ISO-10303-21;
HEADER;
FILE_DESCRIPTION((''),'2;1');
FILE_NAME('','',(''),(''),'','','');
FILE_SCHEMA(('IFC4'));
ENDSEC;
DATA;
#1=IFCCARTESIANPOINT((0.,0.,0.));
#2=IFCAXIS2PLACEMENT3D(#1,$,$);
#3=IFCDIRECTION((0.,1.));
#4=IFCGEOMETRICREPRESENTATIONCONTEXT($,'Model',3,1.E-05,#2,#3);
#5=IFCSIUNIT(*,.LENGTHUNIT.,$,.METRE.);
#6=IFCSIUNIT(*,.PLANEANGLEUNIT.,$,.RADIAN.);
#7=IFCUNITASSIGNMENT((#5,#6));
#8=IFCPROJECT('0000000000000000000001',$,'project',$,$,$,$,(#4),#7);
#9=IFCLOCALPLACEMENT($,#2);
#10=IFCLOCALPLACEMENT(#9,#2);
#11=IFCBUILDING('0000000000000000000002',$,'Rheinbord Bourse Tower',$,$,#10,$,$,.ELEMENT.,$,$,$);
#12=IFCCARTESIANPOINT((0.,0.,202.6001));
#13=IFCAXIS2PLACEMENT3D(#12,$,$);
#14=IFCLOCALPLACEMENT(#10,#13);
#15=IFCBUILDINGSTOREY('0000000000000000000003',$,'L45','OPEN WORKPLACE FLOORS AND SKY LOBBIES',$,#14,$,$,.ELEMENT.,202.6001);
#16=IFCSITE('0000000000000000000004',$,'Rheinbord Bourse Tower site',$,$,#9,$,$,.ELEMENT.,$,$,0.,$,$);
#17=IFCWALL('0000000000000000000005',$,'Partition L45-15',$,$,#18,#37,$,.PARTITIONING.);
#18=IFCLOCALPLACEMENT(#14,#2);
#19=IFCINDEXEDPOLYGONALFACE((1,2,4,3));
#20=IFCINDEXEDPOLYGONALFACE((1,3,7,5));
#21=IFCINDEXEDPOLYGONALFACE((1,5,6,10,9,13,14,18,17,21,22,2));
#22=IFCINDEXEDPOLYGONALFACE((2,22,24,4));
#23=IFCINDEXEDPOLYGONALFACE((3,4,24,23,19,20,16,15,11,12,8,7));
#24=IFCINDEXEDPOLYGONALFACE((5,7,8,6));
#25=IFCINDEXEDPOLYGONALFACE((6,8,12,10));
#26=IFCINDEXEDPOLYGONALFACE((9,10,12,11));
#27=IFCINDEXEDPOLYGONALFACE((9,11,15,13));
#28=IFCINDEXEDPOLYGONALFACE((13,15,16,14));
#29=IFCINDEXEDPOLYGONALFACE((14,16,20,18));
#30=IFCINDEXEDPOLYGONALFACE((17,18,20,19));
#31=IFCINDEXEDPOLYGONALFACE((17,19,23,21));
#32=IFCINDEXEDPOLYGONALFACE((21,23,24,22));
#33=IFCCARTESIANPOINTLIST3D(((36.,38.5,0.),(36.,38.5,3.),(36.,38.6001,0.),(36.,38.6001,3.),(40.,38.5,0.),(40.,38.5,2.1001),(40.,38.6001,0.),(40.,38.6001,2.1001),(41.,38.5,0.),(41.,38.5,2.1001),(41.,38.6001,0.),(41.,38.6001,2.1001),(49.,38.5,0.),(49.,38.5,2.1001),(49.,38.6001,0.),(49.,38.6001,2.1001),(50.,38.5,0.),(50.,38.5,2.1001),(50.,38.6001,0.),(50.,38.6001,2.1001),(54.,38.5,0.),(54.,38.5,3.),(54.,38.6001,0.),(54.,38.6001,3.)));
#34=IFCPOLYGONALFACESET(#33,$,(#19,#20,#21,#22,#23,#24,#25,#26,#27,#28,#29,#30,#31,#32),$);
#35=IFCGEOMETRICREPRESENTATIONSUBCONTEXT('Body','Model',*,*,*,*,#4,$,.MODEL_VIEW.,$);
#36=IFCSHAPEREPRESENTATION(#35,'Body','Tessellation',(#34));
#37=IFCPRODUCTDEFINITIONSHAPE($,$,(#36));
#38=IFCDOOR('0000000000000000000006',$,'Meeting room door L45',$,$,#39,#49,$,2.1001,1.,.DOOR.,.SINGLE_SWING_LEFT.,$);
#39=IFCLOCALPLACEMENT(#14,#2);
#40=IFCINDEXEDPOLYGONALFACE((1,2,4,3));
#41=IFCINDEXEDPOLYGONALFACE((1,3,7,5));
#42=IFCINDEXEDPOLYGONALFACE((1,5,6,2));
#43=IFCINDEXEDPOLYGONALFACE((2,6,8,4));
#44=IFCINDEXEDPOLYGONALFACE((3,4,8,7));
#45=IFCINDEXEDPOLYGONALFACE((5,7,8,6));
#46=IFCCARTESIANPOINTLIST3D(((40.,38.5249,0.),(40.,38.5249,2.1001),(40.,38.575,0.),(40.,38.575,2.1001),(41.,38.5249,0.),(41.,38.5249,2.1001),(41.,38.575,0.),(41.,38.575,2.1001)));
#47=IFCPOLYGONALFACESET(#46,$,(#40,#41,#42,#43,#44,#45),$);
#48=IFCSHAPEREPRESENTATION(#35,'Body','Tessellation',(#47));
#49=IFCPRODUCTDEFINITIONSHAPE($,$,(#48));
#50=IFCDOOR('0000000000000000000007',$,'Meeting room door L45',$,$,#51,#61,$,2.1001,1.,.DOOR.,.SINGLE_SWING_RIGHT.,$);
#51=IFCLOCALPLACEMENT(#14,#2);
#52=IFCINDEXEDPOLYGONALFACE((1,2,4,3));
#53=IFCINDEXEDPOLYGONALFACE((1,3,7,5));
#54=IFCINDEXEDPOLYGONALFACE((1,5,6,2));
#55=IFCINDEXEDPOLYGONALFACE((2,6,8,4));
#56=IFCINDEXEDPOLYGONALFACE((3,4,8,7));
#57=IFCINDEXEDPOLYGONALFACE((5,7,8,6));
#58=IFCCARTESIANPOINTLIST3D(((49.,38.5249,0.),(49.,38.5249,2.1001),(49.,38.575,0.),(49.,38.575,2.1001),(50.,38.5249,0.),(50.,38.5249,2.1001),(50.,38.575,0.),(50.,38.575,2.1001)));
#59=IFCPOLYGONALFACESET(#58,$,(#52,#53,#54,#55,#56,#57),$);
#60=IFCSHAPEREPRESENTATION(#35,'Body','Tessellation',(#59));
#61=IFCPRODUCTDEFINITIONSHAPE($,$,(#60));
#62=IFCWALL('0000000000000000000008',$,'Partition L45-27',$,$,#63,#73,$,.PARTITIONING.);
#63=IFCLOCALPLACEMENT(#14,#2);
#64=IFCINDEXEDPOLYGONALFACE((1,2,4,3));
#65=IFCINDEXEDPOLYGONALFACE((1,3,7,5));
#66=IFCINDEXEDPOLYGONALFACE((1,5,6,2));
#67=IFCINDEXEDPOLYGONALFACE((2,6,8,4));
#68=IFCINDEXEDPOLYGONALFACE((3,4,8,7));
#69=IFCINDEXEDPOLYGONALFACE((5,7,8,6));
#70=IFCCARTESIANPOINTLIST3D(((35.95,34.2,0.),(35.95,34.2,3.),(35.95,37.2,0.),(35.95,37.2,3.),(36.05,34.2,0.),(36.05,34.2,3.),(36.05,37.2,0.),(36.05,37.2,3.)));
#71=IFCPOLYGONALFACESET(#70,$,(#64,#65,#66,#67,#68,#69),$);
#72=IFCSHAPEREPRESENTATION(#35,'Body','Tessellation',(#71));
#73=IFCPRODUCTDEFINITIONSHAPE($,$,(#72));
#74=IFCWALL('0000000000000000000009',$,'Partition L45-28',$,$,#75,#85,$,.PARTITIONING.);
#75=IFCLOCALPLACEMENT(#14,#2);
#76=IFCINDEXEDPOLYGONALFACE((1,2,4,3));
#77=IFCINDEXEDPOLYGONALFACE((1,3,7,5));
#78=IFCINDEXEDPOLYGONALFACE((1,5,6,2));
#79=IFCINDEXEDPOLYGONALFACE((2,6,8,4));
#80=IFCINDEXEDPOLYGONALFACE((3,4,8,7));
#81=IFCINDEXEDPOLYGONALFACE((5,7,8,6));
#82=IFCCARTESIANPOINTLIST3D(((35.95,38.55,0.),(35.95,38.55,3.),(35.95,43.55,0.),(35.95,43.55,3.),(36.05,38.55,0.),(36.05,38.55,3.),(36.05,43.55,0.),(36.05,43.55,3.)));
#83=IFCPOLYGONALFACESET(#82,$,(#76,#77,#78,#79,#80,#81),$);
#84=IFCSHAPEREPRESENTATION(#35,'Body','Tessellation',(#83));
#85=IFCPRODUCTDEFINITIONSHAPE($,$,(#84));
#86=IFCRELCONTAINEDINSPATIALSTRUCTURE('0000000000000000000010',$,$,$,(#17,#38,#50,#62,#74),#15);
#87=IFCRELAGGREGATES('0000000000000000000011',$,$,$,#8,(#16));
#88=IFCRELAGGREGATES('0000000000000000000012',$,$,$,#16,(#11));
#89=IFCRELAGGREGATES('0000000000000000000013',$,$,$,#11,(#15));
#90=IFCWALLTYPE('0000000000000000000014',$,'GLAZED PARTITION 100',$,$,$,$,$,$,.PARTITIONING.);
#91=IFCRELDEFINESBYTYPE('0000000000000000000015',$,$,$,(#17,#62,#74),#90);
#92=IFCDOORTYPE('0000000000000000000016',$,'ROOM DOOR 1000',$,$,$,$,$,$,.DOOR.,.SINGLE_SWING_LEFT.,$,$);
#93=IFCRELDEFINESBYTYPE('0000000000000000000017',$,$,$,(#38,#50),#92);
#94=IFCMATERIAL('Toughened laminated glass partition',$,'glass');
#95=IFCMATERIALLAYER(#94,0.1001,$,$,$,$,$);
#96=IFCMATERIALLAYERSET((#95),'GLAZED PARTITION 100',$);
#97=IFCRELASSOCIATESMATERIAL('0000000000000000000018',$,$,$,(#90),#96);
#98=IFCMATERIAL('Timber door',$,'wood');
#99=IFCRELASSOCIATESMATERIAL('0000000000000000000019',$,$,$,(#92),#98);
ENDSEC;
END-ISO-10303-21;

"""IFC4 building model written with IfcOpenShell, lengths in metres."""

from ifc_helpers import new_model, si_unit, direction, frame, frame_2d, origin, place, context, subcontext, project, spatial, rectangle, extrude, material, layer, layer_set, type_object, element, fill, save


model = new_model("IFC4")

# Units and contexts
model_context = context("Model", 3, precision=1e-05, world=origin(), true_north=direction((0.0, 1.0)))
body_context = subcontext(model_context, "Body", "Model", "MODEL_VIEW")
ifc_project = project(units=[si_unit("LENGTHUNIT", "METRE"), si_unit("PLANEANGLEUNIT", "RADIAN")], contexts=[model_context])

# Site, building, storey
site_placement = place(None, origin())
site = spatial("IfcSite", under=ifc_project, at=site_placement, Name="Rheinbord Bourse Tower site", CompositionType="ELEMENT", RefElevation=0.0)
building_placement = place(site_placement, origin())
building = spatial("IfcBuilding", under=site, at=building_placement, Name="Rheinbord Bourse Tower", CompositionType="ELEMENT")
storey_placement = place(building_placement, frame((0.0, 0.0, 202.6001)))
storey = spatial("IfcBuildingStorey", under=building, at=storey_placement, Name="L45", Description="OPEN WORKPLACE FLOORS AND SKY LOBBIES", CompositionType="ELEMENT", Elevation=202.6001)

# Wall, openings, doors
ifc_material_1 = material(Name="Toughened laminated glass partition", Category="glass")
ifc_layer_1 = layer(ifc_material_1, 0.1001)
ifc_layer_set_1 = layer_set([ifc_layer_1], Name="GLAZED PARTITION 100")
wall_type_1 = type_object("IfcWallType", Name="GLAZED PARTITION 100", PredefinedType="PARTITIONING", material=ifc_layer_set_1)
wall_1_placement = place(storey_placement, frame((36.0, 38.55, 0.0), z_axis=(0.0, 0.0, 1.0), x_axis=(1.0, 0.0, 0.0)))
wall_1 = element("IfcWall", 1, at=wall_1_placement, inside=storey, type_object=wall_type_1, Name="Partition L45-15", PredefinedType="PARTITIONING", context=body_context, shape_type="SweptSolid", body=[
    extrude(rectangle(XDim=18.0, YDim=0.1001, at=frame_2d((9.0, 0.0))), origin(), (0.0, 0.0, 1.0), 3.0),
])
opening_1_placement = place(wall_1_placement, frame((4.0, 0.0, 0.0)))
opening_1 = element("IfcOpeningElement", 2, at=opening_1_placement, cuts=wall_1, PredefinedType="OPENING", context=body_context, shape_type="SweptSolid", body=[
    extrude(rectangle(XDim=1.0, YDim=2.1001, at=frame_2d((0.5, 1.05))), frame((0.0, 0.0601, 0.0), z_axis=(0.0, -1.0, 0.0), x_axis=(1.0, 0.0, 0.0)), (0.0, 0.0, 1.0), 0.1201),
])
opening_2_placement = place(wall_1_placement, frame((13.0, 0.0, 0.0)))
opening_2 = element("IfcOpeningElement", 3, at=opening_2_placement, cuts=wall_1, PredefinedType="OPENING", context=body_context, shape_type="SweptSolid", body=[
    extrude(rectangle(XDim=1.0, YDim=2.1001, at=frame_2d((0.5, 1.05))), frame((0.0, 0.0601, 0.0), z_axis=(0.0, -1.0, 0.0), x_axis=(1.0, 0.0, 0.0)), (0.0, 0.0, 1.0), 0.1201),
])
ifc_material_2 = material(Name="Timber door", Category="wood")
door_type_1 = type_object("IfcDoorType", Name="ROOM DOOR 1000", OperationType="SINGLE_SWING_LEFT", PredefinedType="DOOR", material=ifc_material_2)
door_1_placement = place(opening_1_placement, origin())
door_1 = element("IfcDoor", 4, at=door_1_placement, inside=storey, type_object=door_type_1, Name="Meeting room door L45", OperationType="SINGLE_SWING_LEFT", OverallHeight=2.1001, OverallWidth=1.0, PredefinedType="DOOR", context=body_context, shape_type="SweptSolid", body=[
    extrude(rectangle(XDim=1.0, YDim=2.1001, at=frame_2d((0.5, 1.05))), frame((0.0, 0.0249, 0.0), z_axis=(0.0, -1.0, 0.0), x_axis=(1.0, 0.0, 0.0)), (0.0, 0.0, 1.0), 0.05),
])
fill(opening_1, door_1)
door_2_placement = place(opening_2_placement, origin())
door_2 = element("IfcDoor", 5, at=door_2_placement, inside=storey, type_object=door_type_1, Name="Meeting room door L45", OperationType="SINGLE_SWING_RIGHT", OverallHeight=2.1001, OverallWidth=1.0, PredefinedType="DOOR", context=body_context, shape_type="SweptSolid", body=[
    extrude(rectangle(XDim=1.0, YDim=2.1001, at=frame_2d((0.5, 1.05))), frame((0.0, 0.0249, 0.0), z_axis=(0.0, -1.0, 0.0), x_axis=(1.0, 0.0, 0.0)), (0.0, 0.0, 1.0), 0.05),
])
fill(opening_2, door_2)

# Walls
wall_2_placement = place(storey_placement, frame((36.0, 34.2, 0.0), z_axis=(0.0, 0.0, 1.0), x_axis=(0.0, 1.0, 0.0)))
element("IfcWall", 6, at=wall_2_placement, inside=storey, type_object=wall_type_1, Name="Partition L45-27", PredefinedType="PARTITIONING", context=body_context, shape_type="SweptSolid", body=[
    extrude(rectangle(XDim=3.0, YDim=0.1001, at=frame_2d((1.5, 0.0))), origin(), (0.0, 0.0, 1.0), 3.0),
])
wall_3_placement = place(storey_placement, frame((36.0, 38.55, 0.0), z_axis=(0.0, 0.0, 1.0), x_axis=(0.0, 1.0, 0.0)))
element("IfcWall", 7, at=wall_3_placement, inside=storey, type_object=wall_type_1, Name="Partition L45-28", PredefinedType="PARTITIONING", context=body_context, shape_type="SweptSolid", body=[
    extrude(rectangle(XDim=5.0, YDim=0.1001, at=frame_2d((2.5, 0.0))), origin(), (0.0, 0.0, 1.0), 3.0),
])

save(model, "model.ifc")
